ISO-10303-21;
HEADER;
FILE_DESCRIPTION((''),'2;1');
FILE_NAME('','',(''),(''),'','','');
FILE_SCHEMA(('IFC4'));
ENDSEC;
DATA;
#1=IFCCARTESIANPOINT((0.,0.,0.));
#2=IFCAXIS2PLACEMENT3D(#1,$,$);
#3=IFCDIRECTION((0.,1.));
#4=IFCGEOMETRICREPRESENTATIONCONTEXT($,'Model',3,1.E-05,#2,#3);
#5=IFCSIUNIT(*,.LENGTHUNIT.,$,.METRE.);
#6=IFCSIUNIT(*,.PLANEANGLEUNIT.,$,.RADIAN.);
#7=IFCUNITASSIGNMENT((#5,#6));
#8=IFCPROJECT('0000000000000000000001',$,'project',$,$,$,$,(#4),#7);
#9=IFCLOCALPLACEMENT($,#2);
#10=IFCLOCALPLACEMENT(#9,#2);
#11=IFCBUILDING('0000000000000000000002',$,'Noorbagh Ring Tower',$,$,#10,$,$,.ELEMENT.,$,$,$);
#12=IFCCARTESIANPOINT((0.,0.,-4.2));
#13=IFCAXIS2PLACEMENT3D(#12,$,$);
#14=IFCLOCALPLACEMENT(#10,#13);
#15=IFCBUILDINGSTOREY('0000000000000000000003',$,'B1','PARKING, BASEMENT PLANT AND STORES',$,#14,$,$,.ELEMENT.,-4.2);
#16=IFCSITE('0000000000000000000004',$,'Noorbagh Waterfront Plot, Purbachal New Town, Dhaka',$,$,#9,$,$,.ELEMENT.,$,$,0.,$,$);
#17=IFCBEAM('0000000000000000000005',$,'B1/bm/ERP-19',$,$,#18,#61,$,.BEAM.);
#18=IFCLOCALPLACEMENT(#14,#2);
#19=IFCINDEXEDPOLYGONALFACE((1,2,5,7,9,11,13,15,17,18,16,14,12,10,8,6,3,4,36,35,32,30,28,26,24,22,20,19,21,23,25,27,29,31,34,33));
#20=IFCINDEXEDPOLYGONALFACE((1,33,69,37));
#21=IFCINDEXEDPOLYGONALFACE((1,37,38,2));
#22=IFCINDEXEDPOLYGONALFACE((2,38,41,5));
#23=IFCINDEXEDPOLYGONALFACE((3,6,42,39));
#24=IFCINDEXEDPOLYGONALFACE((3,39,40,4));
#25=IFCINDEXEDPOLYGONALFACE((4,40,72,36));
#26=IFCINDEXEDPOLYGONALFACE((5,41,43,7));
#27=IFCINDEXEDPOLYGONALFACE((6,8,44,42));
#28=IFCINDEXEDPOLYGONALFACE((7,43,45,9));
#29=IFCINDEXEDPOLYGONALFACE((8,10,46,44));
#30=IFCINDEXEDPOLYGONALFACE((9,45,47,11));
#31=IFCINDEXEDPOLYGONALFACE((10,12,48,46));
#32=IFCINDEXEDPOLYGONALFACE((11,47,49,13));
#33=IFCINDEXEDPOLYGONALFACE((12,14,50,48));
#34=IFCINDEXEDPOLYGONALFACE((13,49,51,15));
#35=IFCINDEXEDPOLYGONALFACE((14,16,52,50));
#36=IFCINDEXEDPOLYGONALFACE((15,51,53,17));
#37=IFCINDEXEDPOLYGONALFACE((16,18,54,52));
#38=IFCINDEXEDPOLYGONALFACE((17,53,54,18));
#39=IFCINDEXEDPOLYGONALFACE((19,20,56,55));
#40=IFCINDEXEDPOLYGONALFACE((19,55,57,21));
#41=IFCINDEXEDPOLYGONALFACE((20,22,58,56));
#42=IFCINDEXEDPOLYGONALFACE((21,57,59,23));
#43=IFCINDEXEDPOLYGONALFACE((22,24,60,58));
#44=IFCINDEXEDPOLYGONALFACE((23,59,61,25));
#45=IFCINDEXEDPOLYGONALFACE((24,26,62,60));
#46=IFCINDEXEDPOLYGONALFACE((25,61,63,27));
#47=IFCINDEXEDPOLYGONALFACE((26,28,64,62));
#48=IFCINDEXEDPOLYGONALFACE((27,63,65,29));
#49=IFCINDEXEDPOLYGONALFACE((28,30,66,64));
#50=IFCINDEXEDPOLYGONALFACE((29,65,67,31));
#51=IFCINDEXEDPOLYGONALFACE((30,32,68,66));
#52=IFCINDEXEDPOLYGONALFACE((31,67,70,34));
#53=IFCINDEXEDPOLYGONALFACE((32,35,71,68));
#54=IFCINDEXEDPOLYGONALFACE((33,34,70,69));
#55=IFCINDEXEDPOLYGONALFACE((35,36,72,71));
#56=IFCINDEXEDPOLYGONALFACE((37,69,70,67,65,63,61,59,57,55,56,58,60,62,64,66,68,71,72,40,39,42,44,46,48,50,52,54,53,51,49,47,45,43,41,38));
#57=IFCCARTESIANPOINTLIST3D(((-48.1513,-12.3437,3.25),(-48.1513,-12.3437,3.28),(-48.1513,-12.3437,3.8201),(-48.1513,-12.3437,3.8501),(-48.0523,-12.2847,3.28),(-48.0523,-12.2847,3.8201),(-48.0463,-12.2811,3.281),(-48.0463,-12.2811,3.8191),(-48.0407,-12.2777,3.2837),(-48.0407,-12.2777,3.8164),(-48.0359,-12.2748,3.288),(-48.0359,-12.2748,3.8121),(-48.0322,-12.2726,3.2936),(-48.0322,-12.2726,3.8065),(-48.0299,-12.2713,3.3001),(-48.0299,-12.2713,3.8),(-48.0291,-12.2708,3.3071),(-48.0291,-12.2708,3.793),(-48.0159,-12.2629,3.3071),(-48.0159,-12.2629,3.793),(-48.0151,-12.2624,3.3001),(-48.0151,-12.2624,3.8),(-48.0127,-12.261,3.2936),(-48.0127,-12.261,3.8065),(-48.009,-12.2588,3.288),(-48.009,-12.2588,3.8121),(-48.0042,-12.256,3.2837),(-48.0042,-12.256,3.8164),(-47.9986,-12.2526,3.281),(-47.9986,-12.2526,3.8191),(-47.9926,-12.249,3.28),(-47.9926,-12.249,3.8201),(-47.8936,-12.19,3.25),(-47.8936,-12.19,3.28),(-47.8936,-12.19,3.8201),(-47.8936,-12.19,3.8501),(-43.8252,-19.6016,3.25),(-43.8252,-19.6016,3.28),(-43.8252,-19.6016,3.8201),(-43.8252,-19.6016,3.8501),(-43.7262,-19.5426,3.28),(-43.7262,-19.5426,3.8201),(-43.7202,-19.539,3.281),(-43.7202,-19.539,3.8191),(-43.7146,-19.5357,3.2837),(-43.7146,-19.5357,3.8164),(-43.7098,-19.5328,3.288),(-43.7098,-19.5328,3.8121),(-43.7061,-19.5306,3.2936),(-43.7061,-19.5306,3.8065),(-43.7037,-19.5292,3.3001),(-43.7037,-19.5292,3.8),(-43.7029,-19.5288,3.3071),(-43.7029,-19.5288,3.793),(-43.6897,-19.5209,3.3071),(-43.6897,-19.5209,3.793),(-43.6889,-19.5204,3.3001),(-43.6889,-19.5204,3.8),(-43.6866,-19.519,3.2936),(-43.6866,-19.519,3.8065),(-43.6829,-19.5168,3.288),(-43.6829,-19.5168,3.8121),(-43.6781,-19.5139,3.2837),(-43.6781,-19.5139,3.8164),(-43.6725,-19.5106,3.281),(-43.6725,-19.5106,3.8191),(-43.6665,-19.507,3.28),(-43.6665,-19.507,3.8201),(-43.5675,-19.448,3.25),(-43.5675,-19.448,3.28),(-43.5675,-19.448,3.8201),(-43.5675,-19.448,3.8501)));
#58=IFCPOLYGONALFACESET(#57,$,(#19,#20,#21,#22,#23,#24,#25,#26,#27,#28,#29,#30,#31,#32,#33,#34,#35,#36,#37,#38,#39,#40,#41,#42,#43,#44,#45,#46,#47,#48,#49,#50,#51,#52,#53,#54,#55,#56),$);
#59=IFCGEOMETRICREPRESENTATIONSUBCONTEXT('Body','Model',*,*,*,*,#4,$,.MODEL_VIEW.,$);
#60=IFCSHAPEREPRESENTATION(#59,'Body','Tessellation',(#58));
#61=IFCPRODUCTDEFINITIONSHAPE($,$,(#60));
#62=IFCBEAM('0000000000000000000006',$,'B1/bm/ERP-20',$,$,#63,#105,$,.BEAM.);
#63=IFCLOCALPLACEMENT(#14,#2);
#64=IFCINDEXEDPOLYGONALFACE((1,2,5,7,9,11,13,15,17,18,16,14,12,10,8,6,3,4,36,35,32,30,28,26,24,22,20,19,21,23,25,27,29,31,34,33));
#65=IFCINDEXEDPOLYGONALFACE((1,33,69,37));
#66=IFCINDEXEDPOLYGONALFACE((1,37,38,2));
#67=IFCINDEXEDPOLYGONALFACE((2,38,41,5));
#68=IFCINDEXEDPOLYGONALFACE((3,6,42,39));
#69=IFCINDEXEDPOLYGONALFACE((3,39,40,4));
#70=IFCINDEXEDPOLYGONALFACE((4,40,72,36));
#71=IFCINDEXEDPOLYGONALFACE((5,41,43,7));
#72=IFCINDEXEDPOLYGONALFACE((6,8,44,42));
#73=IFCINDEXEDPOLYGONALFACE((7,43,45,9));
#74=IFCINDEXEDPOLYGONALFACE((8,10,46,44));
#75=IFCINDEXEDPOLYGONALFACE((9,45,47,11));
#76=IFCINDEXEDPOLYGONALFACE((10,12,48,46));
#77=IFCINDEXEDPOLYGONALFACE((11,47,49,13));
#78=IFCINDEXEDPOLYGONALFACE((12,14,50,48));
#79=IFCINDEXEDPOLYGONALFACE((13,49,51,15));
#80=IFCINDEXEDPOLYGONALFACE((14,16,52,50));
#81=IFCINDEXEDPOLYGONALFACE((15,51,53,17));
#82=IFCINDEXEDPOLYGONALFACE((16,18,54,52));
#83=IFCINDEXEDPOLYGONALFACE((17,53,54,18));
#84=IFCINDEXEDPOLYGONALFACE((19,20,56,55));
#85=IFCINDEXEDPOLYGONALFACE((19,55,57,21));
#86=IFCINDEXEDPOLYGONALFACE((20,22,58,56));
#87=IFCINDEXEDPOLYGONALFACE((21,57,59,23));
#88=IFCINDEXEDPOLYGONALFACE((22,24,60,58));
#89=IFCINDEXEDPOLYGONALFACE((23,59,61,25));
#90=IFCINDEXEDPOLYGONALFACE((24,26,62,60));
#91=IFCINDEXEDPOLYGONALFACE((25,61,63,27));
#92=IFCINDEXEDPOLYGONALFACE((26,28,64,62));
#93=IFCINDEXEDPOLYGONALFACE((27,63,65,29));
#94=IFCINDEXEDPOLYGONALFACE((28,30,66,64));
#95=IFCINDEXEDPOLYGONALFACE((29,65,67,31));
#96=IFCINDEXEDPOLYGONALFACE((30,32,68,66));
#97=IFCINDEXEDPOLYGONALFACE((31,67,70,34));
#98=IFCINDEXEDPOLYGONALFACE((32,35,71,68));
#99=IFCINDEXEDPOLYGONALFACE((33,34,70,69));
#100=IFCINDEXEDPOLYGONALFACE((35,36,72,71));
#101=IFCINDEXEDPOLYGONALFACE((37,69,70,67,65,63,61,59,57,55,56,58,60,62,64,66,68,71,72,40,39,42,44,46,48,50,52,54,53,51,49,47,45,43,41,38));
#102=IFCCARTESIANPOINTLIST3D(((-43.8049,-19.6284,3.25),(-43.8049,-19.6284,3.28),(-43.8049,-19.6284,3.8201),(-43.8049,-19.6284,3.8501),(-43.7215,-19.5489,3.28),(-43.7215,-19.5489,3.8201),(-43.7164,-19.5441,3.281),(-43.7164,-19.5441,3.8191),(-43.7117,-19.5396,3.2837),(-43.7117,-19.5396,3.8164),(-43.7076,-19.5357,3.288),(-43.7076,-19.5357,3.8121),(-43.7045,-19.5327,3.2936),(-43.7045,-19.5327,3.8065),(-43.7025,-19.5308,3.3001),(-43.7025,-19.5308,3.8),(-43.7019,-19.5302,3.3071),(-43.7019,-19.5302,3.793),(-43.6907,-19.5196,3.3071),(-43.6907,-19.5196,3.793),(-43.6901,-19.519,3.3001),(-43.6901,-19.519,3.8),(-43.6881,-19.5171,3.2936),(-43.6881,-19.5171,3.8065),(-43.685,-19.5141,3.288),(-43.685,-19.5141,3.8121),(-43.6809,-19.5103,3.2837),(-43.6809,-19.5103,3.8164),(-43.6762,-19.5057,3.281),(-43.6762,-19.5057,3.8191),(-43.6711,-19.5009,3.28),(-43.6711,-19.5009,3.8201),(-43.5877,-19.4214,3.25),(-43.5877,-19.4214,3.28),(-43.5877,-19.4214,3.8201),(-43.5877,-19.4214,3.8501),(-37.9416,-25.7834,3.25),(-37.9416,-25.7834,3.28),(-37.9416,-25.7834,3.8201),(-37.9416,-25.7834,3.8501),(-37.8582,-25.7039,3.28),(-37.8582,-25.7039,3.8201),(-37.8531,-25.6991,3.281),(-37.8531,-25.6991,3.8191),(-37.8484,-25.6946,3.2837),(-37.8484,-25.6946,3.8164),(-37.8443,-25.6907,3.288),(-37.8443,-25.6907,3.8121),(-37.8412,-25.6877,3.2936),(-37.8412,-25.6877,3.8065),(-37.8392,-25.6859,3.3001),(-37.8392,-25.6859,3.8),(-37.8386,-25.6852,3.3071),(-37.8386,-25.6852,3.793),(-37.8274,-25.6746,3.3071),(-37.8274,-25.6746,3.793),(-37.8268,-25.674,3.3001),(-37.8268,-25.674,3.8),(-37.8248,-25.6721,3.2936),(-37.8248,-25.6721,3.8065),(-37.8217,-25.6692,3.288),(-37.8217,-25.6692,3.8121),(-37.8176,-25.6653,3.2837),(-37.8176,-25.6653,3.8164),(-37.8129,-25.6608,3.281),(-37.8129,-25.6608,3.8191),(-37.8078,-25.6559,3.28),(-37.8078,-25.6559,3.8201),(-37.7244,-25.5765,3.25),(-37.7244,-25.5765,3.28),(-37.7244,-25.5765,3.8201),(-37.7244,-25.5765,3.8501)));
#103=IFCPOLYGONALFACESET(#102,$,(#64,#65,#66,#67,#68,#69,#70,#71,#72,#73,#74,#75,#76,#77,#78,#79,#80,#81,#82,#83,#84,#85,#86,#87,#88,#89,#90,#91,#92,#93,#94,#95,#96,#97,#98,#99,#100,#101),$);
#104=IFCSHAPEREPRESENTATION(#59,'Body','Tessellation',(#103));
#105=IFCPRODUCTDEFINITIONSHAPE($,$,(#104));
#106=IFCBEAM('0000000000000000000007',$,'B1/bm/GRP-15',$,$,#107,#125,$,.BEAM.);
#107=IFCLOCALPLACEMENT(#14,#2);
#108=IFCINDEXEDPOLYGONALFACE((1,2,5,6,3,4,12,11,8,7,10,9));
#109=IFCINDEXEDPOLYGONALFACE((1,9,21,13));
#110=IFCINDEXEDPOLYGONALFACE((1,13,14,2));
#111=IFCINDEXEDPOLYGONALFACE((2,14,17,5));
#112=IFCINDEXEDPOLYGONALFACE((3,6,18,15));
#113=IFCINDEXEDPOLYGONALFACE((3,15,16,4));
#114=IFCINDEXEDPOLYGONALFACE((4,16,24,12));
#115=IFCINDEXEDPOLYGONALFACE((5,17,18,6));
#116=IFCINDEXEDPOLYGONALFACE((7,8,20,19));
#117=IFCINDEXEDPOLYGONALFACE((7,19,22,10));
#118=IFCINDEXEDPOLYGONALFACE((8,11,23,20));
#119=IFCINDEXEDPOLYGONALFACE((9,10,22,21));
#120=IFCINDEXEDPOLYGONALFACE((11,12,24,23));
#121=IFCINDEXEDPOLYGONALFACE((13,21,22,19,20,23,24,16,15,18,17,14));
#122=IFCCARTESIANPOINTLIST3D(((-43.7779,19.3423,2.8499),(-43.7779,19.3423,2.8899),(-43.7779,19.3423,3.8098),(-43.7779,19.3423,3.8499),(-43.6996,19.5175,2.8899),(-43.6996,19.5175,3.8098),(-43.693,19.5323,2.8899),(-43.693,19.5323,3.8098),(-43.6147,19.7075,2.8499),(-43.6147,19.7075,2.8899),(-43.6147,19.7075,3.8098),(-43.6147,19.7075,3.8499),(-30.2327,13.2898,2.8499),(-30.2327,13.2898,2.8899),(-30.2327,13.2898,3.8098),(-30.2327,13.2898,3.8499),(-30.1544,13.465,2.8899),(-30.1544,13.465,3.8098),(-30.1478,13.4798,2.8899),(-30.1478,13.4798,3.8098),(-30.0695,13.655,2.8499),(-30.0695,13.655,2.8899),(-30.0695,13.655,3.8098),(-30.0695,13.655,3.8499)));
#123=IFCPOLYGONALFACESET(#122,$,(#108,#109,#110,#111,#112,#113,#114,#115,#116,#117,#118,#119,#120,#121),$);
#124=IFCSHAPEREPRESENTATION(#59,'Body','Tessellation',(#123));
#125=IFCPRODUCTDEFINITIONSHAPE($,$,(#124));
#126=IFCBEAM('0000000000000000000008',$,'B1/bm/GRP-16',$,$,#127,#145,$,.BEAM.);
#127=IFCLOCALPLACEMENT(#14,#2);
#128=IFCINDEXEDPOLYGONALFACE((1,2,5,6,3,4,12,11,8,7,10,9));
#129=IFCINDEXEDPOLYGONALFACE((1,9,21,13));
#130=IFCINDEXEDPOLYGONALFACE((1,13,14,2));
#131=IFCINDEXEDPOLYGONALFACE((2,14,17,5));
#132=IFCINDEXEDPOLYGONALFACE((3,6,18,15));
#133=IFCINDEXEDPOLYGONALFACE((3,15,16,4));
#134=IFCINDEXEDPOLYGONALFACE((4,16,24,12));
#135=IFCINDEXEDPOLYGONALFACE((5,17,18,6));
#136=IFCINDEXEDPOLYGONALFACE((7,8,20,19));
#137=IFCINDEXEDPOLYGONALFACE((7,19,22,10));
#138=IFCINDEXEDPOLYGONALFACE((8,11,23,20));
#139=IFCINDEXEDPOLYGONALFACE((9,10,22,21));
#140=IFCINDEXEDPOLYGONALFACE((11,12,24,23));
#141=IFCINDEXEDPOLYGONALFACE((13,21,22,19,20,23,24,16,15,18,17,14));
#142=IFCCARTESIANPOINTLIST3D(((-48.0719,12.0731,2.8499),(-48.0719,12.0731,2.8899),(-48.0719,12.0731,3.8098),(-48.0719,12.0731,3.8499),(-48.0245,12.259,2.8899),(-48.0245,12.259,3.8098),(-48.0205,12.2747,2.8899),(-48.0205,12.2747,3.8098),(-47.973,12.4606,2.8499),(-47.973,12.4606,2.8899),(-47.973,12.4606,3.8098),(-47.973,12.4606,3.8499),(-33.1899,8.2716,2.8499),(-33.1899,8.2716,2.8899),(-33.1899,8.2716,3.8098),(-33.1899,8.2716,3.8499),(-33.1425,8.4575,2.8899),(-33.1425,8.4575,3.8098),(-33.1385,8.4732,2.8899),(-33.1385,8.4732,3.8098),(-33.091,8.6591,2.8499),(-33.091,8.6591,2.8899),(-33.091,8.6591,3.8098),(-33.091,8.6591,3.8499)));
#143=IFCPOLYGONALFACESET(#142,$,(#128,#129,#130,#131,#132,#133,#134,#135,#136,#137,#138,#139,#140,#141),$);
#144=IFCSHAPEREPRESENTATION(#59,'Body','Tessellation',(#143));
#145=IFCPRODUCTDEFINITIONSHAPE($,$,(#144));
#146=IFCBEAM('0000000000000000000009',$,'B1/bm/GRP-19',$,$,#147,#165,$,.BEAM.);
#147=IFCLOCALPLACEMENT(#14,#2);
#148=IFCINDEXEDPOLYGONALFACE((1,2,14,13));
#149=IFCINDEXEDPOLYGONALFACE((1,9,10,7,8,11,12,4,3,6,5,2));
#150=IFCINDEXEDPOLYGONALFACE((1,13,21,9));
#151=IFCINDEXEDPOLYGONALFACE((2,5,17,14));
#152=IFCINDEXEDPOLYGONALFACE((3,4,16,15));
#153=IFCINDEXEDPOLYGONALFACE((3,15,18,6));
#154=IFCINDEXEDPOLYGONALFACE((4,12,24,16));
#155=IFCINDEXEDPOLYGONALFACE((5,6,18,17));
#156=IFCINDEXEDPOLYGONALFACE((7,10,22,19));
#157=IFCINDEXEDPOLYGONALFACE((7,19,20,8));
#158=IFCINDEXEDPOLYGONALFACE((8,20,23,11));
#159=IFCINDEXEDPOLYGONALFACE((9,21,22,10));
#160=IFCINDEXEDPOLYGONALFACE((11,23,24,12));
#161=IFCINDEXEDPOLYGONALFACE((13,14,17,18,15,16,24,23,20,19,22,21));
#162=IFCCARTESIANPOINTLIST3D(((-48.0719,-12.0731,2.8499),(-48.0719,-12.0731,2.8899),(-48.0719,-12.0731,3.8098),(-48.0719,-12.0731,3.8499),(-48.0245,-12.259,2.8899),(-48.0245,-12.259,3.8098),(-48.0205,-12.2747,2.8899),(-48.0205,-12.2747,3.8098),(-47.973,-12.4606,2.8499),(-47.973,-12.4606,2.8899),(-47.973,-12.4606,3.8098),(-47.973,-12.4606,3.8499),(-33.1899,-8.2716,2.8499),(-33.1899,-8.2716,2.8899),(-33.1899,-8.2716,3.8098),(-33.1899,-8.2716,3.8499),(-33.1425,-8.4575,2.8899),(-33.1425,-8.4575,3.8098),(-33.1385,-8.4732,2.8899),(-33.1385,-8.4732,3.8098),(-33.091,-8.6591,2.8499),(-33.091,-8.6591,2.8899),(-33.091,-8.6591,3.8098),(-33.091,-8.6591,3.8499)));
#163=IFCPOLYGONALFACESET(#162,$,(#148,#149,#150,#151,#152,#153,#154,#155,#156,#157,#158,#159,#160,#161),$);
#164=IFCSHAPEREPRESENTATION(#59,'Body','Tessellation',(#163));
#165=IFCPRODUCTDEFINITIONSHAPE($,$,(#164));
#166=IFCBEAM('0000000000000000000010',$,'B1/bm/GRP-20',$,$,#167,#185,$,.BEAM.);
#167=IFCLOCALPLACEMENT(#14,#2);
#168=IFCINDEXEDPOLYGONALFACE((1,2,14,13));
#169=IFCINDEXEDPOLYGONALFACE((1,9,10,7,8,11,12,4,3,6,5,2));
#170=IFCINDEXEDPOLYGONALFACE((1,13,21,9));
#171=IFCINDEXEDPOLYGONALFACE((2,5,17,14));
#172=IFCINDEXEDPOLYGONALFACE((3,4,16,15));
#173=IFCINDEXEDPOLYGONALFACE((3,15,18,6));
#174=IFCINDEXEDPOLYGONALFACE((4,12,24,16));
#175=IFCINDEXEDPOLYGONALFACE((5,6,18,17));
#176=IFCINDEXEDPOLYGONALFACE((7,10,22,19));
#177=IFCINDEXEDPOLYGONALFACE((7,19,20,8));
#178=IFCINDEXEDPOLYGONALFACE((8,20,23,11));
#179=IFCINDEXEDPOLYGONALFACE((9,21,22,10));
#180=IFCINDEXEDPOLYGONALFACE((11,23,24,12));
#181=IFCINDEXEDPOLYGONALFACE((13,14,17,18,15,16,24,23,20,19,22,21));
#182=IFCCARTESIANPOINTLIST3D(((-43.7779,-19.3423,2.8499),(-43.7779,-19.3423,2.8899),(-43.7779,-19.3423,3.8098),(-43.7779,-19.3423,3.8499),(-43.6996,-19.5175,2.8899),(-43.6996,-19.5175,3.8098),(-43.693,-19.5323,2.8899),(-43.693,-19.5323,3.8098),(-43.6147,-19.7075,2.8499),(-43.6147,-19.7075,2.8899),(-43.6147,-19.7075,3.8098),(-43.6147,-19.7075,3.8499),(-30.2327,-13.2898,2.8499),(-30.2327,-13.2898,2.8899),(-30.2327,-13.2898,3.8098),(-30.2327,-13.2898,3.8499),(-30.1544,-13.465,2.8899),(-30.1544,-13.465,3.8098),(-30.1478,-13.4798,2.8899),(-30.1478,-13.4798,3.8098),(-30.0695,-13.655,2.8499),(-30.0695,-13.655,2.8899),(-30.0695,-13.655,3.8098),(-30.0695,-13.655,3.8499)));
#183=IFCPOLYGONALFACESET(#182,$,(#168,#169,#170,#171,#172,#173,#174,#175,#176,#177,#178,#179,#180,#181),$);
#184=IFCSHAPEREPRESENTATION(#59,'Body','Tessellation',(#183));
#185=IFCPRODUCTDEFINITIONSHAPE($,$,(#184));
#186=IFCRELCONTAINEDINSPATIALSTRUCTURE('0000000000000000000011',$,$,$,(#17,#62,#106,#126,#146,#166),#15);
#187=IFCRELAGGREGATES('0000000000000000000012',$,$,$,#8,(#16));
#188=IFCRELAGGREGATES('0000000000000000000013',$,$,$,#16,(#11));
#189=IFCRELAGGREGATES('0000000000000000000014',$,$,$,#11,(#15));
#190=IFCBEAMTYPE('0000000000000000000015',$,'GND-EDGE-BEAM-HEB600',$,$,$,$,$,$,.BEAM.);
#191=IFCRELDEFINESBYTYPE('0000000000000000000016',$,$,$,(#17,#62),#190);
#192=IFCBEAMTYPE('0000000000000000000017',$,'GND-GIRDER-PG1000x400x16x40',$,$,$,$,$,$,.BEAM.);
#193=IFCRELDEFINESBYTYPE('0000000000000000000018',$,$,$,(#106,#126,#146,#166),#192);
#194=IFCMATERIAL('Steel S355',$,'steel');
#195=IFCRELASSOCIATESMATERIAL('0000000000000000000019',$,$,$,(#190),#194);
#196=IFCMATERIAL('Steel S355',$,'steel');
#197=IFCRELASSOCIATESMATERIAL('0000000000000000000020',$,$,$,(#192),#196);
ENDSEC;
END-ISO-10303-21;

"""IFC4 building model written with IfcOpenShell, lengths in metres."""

from ifc_helpers import new_model, si_unit, direction, frame, origin, origin_2d, place, context, subcontext, project, spatial, i_section, extrude, material, material_profile, profile_set, type_object, element, save


model = new_model("IFC4")

# Units and contexts
model_context = context("Model", 3, precision=1e-05, world=origin(), true_north=direction((0.0, 1.0)))
body_context = subcontext(model_context, "Body", "Model", "MODEL_VIEW")
ifc_project = project(units=[si_unit("LENGTHUNIT", "METRE"), si_unit("PLANEANGLEUNIT", "RADIAN")], contexts=[model_context])

# Site, building, storey
site_placement = place(None, origin())
site = spatial("IfcSite", under=ifc_project, at=site_placement, Name="Noorbagh Waterfront Plot, Purbachal New Town, Dhaka", CompositionType="ELEMENT", RefElevation=0.0)
building_placement = place(site_placement, origin())
building = spatial("IfcBuilding", under=site, at=building_placement, Name="Noorbagh Ring Tower", CompositionType="ELEMENT")
storey_placement = place(building_placement, frame((0.0, 0.0, -4.2)))
storey = spatial("IfcBuildingStorey", under=building, at=storey_placement, Name="B1", Description="PARKING, BASEMENT PLANT AND STORES", CompositionType="ELEMENT", Elevation=-4.2)

# Beams
ifc_material_1 = material(Name="Steel S355", Category="steel")
ifc_material_profile_1 = material_profile(ifc_material_1, i_section(OverallWidth=0.3, OverallDepth=0.6001, WebThickness=0.0154, FlangeThickness=0.03, FilletRadius=0.0271, at=origin_2d()), Name="HEB600")
ifc_profile_set_1 = profile_set([ifc_material_profile_1], Name="Steel S355")
beam_type_1 = type_object("IfcBeamType", Name="GND-EDGE-BEAM-HEB600", PredefinedType="BEAM", material=ifc_profile_set_1)
beam_1_placement = place(storey_placement, frame((-48.0225, -12.2668, 3.55), z_axis=(0.511999, -0.858986, 0.0), x_axis=(0.858986, 0.511999, 0.0)))
element("IfcBeam", 1, at=beam_1_placement, inside=storey, type_object=beam_type_1, Name="B1/bm/ERP-19", PredefinedType="BEAM", context=body_context, shape_type="SweptSolid", body=[
    extrude(i_section(OverallWidth=0.3, OverallDepth=0.6001, WebThickness=0.0154, FlangeThickness=0.03, FilletRadius=0.0271, at=origin_2d()), origin(), (0.0, 0.0, 1.0), 8.4495),
])
beam_2_placement = place(storey_placement, frame((-43.6963, -19.5249, 3.55), z_axis=(0.689738, -0.724059, 0.0), x_axis=(0.724059, 0.689738, 0.0)))
element("IfcBeam", 2, at=beam_2_placement, inside=storey, type_object=beam_type_1, Name="B1/bm/ERP-20", PredefinedType="BEAM", context=body_context, shape_type="SweptSolid", body=[
    extrude(i_section(OverallWidth=0.3, OverallDepth=0.6001, WebThickness=0.0154, FlangeThickness=0.03, FilletRadius=0.0271, at=origin_2d()), origin(), (0.0, 0.0, 1.0), 8.5007),
])
ifc_material_2 = material(Name="Steel S355", Category="steel")
ifc_material_profile_2 = material_profile(ifc_material_2, i_section(OverallWidth=0.3999, OverallDepth=1.0, WebThickness=0.0161, FlangeThickness=0.04, at=origin_2d()), Name="PG1000x400x16x40")
ifc_profile_set_2 = profile_set([ifc_material_profile_2], Name="Steel S355")
beam_type_2 = type_object("IfcBeamType", Name="GND-GIRDER-PG1000x400x16x40", PredefinedType="BEAM", material=ifc_profile_set_2)
beam_3_placement = place(storey_placement, frame((-43.6963, 19.5249, 3.3499), z_axis=(0.912999, -0.407962, 0.0), x_axis=(0.407962, 0.912999, 0.0)))
element("IfcBeam", 3, at=beam_3_placement, inside=storey, type_object=beam_type_2, Name="B1/bm/GRP-15", PredefinedType="BEAM", context=body_context, shape_type="SweptSolid", body=[
    extrude(i_section(OverallWidth=0.3999, OverallDepth=1.0, WebThickness=0.0161, FlangeThickness=0.04, at=origin_2d()), origin(), (0.0, 0.0, 1.0), 14.8359),
])
for number, where, z_axis, x_axis, name in (
    (4, (-48.0225, 12.2668, 3.3499), (0.968889, -0.247495, 0.0), (0.247495, 0.968889, 0.0), "B1/bm/GRP-16"),
    (5, (-48.0225, -12.2668, 3.3499), (0.968889, 0.247495, 0.0), (-0.247495, 0.968889, 0.0), "B1/bm/GRP-19"),
):
    element("IfcBeam", number, at=place(storey_placement, frame(where, z_axis=z_axis, x_axis=x_axis)), inside=storey, type_object=beam_type_2, Name=name, PredefinedType="BEAM", context=body_context, shape_type="SweptSolid", body=[
        extrude(i_section(OverallWidth=0.3999, OverallDepth=1.0, WebThickness=0.0161, FlangeThickness=0.04, at=origin_2d()), origin(), (0.0, 0.0, 1.0), 15.3599),
    ])
beam_4_placement = place(storey_placement, frame((-43.6963, -19.5249, 3.3499), z_axis=(0.912999, 0.407962, 0.0), x_axis=(-0.407962, 0.912999, 0.0)))
element("IfcBeam", 6, at=beam_4_placement, inside=storey, type_object=beam_type_2, Name="B1/bm/GRP-20", PredefinedType="BEAM", context=body_context, shape_type="SweptSolid", body=[
    extrude(i_section(OverallWidth=0.3999, OverallDepth=1.0, WebThickness=0.0161, FlangeThickness=0.04, at=origin_2d()), origin(), (0.0, 0.0, 1.0), 14.8359),
])

save(model, "model.ifc")
